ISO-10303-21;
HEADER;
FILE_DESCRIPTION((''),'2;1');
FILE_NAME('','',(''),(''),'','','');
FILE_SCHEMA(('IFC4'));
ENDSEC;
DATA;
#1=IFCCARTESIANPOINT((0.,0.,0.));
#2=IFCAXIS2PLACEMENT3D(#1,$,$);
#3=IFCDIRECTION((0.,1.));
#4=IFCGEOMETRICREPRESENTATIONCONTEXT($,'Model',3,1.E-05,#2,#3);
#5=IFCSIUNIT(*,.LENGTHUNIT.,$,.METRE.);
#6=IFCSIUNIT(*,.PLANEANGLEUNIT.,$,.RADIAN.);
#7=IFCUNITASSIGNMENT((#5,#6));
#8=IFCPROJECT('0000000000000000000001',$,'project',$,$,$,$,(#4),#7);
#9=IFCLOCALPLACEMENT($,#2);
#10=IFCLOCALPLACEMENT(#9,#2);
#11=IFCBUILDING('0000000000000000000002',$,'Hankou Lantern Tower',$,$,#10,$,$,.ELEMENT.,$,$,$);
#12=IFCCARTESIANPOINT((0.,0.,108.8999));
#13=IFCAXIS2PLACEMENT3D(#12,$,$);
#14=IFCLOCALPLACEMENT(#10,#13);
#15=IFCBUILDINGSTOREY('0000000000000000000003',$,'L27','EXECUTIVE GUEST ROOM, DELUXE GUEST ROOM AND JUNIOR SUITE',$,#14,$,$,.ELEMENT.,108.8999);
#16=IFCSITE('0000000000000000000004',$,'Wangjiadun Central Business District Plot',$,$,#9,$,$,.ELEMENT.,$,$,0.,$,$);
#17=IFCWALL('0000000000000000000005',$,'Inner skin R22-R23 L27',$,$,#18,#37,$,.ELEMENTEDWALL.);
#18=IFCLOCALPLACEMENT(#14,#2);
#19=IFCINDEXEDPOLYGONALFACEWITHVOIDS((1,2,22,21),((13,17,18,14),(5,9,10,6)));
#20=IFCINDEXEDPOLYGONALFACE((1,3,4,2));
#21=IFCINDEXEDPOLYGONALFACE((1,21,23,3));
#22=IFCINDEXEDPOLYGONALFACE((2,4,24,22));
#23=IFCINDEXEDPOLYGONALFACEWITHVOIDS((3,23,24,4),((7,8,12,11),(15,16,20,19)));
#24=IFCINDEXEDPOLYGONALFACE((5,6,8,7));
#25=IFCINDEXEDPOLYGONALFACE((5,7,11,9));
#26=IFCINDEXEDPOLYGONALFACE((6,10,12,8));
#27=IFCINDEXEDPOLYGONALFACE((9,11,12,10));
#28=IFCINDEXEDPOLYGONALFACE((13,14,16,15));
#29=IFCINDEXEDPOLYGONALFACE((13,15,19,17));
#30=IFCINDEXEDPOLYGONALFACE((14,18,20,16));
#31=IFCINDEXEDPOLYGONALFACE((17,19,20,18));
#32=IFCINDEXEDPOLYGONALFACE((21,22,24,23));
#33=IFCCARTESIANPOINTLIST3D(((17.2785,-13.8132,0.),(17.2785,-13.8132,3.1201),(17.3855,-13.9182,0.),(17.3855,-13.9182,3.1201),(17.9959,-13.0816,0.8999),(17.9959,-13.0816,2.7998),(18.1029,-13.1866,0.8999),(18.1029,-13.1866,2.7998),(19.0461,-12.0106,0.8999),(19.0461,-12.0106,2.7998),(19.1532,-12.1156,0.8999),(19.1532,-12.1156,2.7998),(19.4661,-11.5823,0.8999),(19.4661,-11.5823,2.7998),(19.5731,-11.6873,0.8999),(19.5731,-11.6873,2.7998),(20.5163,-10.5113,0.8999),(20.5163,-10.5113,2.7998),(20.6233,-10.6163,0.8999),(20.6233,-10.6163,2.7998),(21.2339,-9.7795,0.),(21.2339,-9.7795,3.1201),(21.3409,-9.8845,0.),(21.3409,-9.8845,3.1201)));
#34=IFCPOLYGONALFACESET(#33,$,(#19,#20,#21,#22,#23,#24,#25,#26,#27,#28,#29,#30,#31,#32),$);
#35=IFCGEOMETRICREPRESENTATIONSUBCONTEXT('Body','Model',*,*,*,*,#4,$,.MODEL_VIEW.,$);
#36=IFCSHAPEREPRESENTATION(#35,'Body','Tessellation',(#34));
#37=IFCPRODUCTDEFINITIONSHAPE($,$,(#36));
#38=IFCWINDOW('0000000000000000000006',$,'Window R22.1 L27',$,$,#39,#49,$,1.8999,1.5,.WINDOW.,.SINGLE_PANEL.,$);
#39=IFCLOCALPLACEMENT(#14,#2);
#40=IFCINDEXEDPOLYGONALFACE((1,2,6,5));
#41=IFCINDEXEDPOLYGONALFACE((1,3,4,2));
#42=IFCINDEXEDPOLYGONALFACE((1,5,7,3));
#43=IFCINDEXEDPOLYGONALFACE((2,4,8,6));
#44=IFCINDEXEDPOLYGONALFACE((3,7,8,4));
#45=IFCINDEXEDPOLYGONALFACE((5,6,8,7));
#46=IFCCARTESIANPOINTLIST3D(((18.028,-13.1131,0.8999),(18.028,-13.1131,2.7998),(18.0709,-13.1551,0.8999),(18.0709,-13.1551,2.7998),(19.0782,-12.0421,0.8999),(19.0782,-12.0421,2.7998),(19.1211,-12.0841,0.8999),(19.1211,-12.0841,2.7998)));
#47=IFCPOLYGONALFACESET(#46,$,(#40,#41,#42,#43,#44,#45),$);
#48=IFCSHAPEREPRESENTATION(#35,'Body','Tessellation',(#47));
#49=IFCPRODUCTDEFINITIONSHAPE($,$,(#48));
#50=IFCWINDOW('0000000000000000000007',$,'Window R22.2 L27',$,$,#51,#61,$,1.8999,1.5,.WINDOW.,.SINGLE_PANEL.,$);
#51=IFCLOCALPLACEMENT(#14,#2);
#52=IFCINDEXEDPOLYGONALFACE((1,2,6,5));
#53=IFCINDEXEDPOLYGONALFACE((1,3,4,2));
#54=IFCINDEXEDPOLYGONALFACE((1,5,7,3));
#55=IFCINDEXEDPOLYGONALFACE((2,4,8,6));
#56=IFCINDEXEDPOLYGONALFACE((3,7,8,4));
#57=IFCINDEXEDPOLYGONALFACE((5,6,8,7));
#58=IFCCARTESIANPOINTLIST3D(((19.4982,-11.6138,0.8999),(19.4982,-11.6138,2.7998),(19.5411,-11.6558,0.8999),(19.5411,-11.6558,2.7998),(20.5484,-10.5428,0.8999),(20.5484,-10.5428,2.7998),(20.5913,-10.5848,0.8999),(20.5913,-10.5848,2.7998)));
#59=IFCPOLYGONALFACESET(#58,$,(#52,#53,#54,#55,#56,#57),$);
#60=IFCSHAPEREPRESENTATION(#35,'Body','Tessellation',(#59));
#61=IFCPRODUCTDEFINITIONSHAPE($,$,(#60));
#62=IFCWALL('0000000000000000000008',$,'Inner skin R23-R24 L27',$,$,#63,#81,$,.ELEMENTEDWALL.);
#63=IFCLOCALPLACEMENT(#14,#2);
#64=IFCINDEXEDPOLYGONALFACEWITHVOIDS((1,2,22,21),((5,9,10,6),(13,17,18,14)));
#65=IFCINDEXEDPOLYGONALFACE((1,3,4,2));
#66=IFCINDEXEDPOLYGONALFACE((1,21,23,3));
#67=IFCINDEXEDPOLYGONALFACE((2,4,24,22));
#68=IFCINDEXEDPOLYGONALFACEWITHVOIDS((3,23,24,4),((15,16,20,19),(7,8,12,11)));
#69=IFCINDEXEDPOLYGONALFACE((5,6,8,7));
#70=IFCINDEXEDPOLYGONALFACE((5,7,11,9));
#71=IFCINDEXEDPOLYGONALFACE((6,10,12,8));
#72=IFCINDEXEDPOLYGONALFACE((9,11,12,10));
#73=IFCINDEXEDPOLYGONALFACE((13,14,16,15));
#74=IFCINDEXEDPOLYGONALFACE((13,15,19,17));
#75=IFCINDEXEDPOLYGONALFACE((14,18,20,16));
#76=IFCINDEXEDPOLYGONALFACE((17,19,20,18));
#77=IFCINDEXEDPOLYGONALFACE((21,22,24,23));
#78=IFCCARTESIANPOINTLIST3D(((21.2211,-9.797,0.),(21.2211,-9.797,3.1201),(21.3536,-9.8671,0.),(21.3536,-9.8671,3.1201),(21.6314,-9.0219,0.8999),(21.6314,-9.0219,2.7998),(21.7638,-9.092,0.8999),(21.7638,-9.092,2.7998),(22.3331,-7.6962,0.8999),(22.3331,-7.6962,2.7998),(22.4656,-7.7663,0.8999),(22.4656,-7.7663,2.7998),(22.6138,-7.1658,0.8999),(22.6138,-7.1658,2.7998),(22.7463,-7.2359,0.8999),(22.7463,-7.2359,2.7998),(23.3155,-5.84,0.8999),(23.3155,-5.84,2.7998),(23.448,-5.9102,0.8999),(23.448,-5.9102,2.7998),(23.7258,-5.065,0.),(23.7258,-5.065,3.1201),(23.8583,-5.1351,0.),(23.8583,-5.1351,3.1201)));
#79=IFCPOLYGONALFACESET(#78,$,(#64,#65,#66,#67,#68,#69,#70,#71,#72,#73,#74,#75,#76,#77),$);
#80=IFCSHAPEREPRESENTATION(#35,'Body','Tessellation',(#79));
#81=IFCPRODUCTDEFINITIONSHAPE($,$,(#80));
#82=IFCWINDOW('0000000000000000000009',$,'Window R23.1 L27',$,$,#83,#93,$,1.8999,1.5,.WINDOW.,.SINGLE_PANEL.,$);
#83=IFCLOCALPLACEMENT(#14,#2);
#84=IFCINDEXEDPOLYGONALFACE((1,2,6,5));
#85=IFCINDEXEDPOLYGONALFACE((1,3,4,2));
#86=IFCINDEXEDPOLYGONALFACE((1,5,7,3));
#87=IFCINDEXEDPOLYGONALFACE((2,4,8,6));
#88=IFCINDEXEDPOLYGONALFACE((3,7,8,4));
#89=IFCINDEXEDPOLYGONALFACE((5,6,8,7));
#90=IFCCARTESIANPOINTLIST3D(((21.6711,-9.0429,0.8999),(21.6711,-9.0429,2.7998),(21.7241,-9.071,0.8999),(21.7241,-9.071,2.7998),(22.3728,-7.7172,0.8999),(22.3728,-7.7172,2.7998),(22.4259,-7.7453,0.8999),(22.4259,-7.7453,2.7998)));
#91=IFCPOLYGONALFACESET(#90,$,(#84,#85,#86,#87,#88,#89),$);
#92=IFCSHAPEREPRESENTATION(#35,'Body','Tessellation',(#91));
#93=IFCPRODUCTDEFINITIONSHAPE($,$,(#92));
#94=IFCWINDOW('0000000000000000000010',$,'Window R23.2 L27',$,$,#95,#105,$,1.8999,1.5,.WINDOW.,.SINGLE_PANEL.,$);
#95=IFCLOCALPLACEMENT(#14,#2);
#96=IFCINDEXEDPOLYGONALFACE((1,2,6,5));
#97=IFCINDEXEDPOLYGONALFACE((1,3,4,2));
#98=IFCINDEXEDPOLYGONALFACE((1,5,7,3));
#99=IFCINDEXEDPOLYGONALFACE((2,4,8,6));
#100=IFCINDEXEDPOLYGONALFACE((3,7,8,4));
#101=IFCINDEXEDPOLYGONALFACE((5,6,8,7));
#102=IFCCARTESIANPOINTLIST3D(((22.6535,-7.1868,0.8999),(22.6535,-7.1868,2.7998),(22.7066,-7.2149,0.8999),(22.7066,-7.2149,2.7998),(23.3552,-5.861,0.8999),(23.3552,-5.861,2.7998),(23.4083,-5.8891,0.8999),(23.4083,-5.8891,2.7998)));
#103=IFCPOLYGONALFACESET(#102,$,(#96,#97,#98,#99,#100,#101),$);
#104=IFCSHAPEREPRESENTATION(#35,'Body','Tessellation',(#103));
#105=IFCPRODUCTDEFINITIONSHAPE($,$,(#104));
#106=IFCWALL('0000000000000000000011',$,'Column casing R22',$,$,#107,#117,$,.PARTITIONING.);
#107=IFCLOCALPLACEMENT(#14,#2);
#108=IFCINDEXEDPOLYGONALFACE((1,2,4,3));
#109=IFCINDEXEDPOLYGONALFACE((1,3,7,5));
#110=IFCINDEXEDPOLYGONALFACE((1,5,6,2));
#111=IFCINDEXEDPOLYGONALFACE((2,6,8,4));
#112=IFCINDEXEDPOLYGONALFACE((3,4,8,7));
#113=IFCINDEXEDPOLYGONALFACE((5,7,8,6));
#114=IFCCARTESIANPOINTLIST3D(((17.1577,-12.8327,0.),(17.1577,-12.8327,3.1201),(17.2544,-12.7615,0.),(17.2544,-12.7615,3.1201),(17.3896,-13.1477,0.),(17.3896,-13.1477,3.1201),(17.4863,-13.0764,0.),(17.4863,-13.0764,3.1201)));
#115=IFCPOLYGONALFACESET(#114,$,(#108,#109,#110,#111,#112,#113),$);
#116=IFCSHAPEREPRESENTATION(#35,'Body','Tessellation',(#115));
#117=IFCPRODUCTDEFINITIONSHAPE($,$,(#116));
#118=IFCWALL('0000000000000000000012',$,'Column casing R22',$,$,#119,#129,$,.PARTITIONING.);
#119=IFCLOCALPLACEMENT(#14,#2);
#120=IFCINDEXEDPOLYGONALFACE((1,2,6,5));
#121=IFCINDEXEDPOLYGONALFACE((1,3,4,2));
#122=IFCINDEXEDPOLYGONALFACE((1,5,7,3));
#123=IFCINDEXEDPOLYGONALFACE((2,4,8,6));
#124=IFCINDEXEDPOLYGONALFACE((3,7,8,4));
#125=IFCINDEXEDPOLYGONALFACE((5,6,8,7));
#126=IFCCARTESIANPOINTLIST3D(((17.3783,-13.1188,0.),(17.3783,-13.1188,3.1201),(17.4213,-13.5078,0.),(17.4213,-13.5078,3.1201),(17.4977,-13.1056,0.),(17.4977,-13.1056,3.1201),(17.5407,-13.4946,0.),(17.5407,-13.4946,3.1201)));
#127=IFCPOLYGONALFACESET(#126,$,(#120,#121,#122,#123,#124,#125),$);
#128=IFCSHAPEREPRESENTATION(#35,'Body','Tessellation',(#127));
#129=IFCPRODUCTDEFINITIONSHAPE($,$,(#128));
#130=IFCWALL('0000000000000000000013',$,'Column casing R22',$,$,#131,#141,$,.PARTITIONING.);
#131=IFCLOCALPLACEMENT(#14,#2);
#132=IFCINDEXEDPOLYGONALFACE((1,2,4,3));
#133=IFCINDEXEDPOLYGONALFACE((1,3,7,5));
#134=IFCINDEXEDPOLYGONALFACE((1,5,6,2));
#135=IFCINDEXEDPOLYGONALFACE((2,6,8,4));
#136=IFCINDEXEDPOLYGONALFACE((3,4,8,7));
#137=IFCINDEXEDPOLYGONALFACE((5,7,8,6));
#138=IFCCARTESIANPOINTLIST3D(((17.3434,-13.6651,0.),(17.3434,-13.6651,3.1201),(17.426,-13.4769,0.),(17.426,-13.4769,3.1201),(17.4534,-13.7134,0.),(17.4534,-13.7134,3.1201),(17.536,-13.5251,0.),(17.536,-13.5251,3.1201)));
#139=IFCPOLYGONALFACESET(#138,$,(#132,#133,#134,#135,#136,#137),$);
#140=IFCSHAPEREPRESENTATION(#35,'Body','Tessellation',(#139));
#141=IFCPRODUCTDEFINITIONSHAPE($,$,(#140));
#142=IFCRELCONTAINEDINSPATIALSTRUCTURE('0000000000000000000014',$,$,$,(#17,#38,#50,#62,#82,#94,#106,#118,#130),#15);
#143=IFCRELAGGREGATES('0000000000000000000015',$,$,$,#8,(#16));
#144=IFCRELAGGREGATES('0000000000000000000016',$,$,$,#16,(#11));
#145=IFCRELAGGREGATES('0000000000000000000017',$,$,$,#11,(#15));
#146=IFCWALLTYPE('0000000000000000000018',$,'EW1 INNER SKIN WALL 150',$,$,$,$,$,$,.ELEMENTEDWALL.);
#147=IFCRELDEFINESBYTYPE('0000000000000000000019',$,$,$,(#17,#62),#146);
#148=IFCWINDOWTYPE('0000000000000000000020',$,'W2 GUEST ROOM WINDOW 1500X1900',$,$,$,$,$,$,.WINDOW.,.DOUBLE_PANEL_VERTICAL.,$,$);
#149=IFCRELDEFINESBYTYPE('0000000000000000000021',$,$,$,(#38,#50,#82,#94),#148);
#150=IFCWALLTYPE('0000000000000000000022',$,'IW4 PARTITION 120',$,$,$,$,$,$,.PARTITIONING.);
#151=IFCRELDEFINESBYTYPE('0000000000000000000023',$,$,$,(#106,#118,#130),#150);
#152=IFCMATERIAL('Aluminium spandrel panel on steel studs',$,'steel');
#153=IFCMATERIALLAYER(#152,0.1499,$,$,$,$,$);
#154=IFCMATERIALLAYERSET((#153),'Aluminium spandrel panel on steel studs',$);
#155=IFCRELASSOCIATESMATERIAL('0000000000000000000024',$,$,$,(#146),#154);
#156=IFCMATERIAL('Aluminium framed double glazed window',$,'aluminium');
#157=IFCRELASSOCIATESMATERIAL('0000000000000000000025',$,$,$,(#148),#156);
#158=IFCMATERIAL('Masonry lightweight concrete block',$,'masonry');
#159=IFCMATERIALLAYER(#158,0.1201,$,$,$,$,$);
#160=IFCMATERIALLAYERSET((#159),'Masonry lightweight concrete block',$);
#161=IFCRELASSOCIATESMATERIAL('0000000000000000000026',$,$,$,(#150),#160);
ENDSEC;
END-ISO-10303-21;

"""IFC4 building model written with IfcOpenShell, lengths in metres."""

from ifc_helpers import new_model, si_unit, direction, frame, frame_2d, origin, place, context, subcontext, project, spatial, rectangle, extrude, material, layer, layer_set, type_object, element, fill, save


model = new_model("IFC4")

# Units and contexts
model_context = context("Model", 3, precision=1e-05, world=origin(), true_north=direction((0.0, 1.0)))
body_context = subcontext(model_context, "Body", "Model", "MODEL_VIEW")
ifc_project = project(units=[si_unit("LENGTHUNIT", "METRE"), si_unit("PLANEANGLEUNIT", "RADIAN")], contexts=[model_context])

# Site, building, storey
site_placement = place(None, origin())
site = spatial("IfcSite", under=ifc_project, at=site_placement, Name="Wangjiadun Central Business District Plot", CompositionType="ELEMENT", RefElevation=0.0)
building_placement = place(site_placement, origin())
building = spatial("IfcBuilding", under=site, at=building_placement, Name="Hankou Lantern Tower", CompositionType="ELEMENT")
storey_placement = place(building_placement, frame((0.0, 0.0, 108.8999)))
storey = spatial("IfcBuildingStorey", under=building, at=storey_placement, Name="L27", Description="EXECUTIVE GUEST ROOM, DELUXE GUEST ROOM AND JUNIOR SUITE", CompositionType="ELEMENT", Elevation=108.8999)

# Walls, openings, windows
ifc_material_1 = material(Name="Aluminium spandrel panel on steel studs", Category="steel")
ifc_layer_1 = layer(ifc_material_1, 0.1499)
ifc_layer_set_1 = layer_set([ifc_layer_1], Name="Aluminium spandrel panel on steel studs")
wall_type_1 = type_object("IfcWallType", Name="EW1 INNER SKIN WALL 150", PredefinedType="ELEMENTEDWALL", material=ifc_layer_set_1)
wall_1_placement = place(storey_placement, frame((17.332, -13.8657, 0.0), z_axis=(0.0, 0.0, 1.0), x_axis=(0.700137, 0.714009, 0.0)))
wall_1 = element("IfcWall", 1, at=wall_1_placement, inside=storey, type_object=wall_type_1, Name="Inner skin R22-R23 L27", PredefinedType="ELEMENTEDWALL", context=body_context, shape_type="SweptSolid", body=[
    extrude(rectangle(XDim=5.6494, YDim=0.1499, at=frame_2d((2.8247, 0.0))), origin(), (0.0, 0.0, 1.0), 3.1201),
])
opening_1_placement = place(wall_1_placement, frame((1.0247, 0.0, 0.8999)))
opening_1 = element("IfcOpeningElement", 2, at=opening_1_placement, cuts=wall_1, PredefinedType="OPENING", context=body_context, shape_type="SweptSolid", body=[
    extrude(rectangle(XDim=1.5, YDim=1.8999, at=frame_2d((0.75, 0.95))), frame((0.0, 0.085, 0.0), z_axis=(0.0, -1.0, 0.0), x_axis=(1.0, 0.0, 0.0)), (0.0, 0.0, 1.0), 0.1699),
])
opening_2_placement = place(wall_1_placement, frame((3.1245, 0.0, 0.8999)))
opening_2 = element("IfcOpeningElement", 3, at=opening_2_placement, cuts=wall_1, PredefinedType="OPENING", context=body_context, shape_type="SweptSolid", body=[
    extrude(rectangle(XDim=1.5, YDim=1.8999, at=frame_2d((0.75, 0.95))), frame((0.0, 0.085, 0.0), z_axis=(0.0, -1.0, 0.0), x_axis=(1.0, 0.0, 0.0)), (0.0, 0.0, 1.0), 0.1699),
])
ifc_material_2 = material(Name="Aluminium framed double glazed window", Category="aluminium")
window_type = type_object("IfcWindowType", Name="W2 GUEST ROOM WINDOW 1500X1900", PartitioningType="DOUBLE_PANEL_VERTICAL", PredefinedType="WINDOW", material=ifc_material_2)
window_1_placement = place(opening_1_placement, origin())
window_1 = element("IfcWindow", 4, at=window_1_placement, inside=storey, type_object=window_type, Name="Window R22.1 L27", OverallHeight=1.8999, OverallWidth=1.5, PartitioningType="SINGLE_PANEL", PredefinedType="WINDOW", context=body_context, shape_type="SweptSolid", body=[
    extrude(rectangle(XDim=1.5, YDim=1.8999, at=frame_2d((0.75, 0.95))), frame((0.0, 0.03, 0.0), z_axis=(0.0, -1.0, 0.0), x_axis=(1.0, 0.0, 0.0)), (0.0, 0.0, 1.0), 0.0601),
])
fill(opening_1, window_1)
window_2_placement = place(opening_2_placement, origin())
window_2 = element("IfcWindow", 5, at=window_2_placement, inside=storey, type_object=window_type, Name="Window R22.2 L27", OverallHeight=1.8999, OverallWidth=1.5, PartitioningType="SINGLE_PANEL", PredefinedType="WINDOW", context=body_context, shape_type="SweptSolid", body=[
    extrude(rectangle(XDim=1.5, YDim=1.8999, at=frame_2d((0.75, 0.95))), frame((0.0, 0.03, 0.0), z_axis=(0.0, -1.0, 0.0), x_axis=(1.0, 0.0, 0.0)), (0.0, 0.0, 1.0), 0.0601),
])
fill(opening_2, window_2)
wall_2_placement = place(storey_placement, frame((21.2874, -9.832, 0.0), z_axis=(0.0, 0.0, 1.0), x_axis=(0.467814, 0.883827, 0.0)))
wall_2 = element("IfcWall", 6, at=wall_2_placement, inside=storey, type_object=wall_type_1, Name="Inner skin R23-R24 L27", PredefinedType="ELEMENTEDWALL", context=body_context, shape_type="SweptSolid", body=[
    extrude(rectangle(XDim=5.354, YDim=0.1499, at=frame_2d((2.677, 0.0))), origin(), (0.0, 0.0, 1.0), 3.1201),
])
opening_3_placement = place(wall_2_placement, frame((0.877, 0.0, 0.8999)))
opening_3 = element("IfcOpeningElement", 7, at=opening_3_placement, cuts=wall_2, PredefinedType="OPENING", context=body_context, shape_type="SweptSolid", body=[
    extrude(rectangle(XDim=1.5, YDim=1.8999, at=frame_2d((0.75, 0.95))), frame((0.0, 0.085, 0.0), z_axis=(0.0, -1.0, 0.0), x_axis=(1.0, 0.0, 0.0)), (0.0, 0.0, 1.0), 0.1699),
])
opening_4_placement = place(wall_2_placement, frame((2.9771, 0.0, 0.8999)))
opening_4 = element("IfcOpeningElement", 8, at=opening_4_placement, cuts=wall_2, PredefinedType="OPENING", context=body_context, shape_type="SweptSolid", body=[
    extrude(rectangle(XDim=1.5, YDim=1.8999, at=frame_2d((0.75, 0.95))), frame((0.0, 0.085, 0.0), z_axis=(0.0, -1.0, 0.0), x_axis=(1.0, 0.0, 0.0)), (0.0, 0.0, 1.0), 0.1699),
])
window_3_placement = place(opening_3_placement, origin())
window_3 = element("IfcWindow", 9, at=window_3_placement, inside=storey, type_object=window_type, Name="Window R23.1 L27", OverallHeight=1.8999, OverallWidth=1.5, PartitioningType="SINGLE_PANEL", PredefinedType="WINDOW", context=body_context, shape_type="SweptSolid", body=[
    extrude(rectangle(XDim=1.5, YDim=1.8999, at=frame_2d((0.75, 0.95))), frame((0.0, 0.03, 0.0), z_axis=(0.0, -1.0, 0.0), x_axis=(1.0, 0.0, 0.0)), (0.0, 0.0, 1.0), 0.0601),
])
fill(opening_3, window_3)
window_4_placement = place(opening_4_placement, origin())
window_4 = element("IfcWindow", 10, at=window_4_placement, inside=storey, type_object=window_type, Name="Window R23.2 L27", OverallHeight=1.8999, OverallWidth=1.5, PartitioningType="SINGLE_PANEL", PredefinedType="WINDOW", context=body_context, shape_type="SweptSolid", body=[
    extrude(rectangle(XDim=1.5, YDim=1.8999, at=frame_2d((0.75, 0.95))), frame((0.0, 0.03, 0.0), z_axis=(0.0, -1.0, 0.0), x_axis=(1.0, 0.0, 0.0)), (0.0, 0.0, 1.0), 0.0601),
])
fill(opening_4, window_4)

# Walls
ifc_material_3 = material(Name="Masonry lightweight concrete block", Category="masonry")
ifc_layer_2 = layer(ifc_material_3, 0.1201)
ifc_layer_set_2 = layer_set([ifc_layer_2], Name="Masonry lightweight concrete block")
wall_type_2 = type_object("IfcWallType", Name="IW4 PARTITION 120", PredefinedType="PARTITIONING", material=ifc_layer_set_2)
wall_3_placement = place(storey_placement, frame((17.2061, -12.7971, 0.0), z_axis=(0.0, 0.0, 1.0), x_axis=(0.592986, -0.805213, 0.0)))
element("IfcWall", 11, at=wall_3_placement, inside=storey, type_object=wall_type_2, Name="Column casing R22", PredefinedType="PARTITIONING", context=body_context, shape_type="SweptSolid", body=[
    extrude(rectangle(XDim=0.3911, YDim=0.1201, at=frame_2d((0.1956, 0.0))), origin(), (0.0, 0.0, 1.0), 3.1201),
])
wall_4_placement = place(storey_placement, frame((17.438, -13.1121, 0.0), z_axis=(0.0, 0.0, 1.0), x_axis=(0.109815, -0.993952, 0.0)))
element("IfcWall", 12, at=wall_4_placement, inside=storey, type_object=wall_type_2, Name="Column casing R22", PredefinedType="PARTITIONING", context=body_context, shape_type="SweptSolid", body=[
    extrude(rectangle(XDim=0.3914, YDim=0.1201, at=frame_2d((0.1958, 0.0))), origin(), (0.0, 0.0, 1.0), 3.1201),
])
wall_5_placement = place(storey_placement, frame((17.481, -13.501, 0.0), z_axis=(0.0, 0.0, 1.0), x_axis=(-0.401504, -0.915857, 0.0)))
element("IfcWall", 13, at=wall_5_placement, inside=storey, type_object=wall_type_2, Name="Column casing R22", PredefinedType="PARTITIONING", context=body_context, shape_type="SweptSolid", body=[
    extrude(rectangle(XDim=0.2056, YDim=0.1201, at=frame_2d((0.1028, 0.0))), origin(), (0.0, 0.0, 1.0), 3.1201),
])

save(model, "model.ifc")
